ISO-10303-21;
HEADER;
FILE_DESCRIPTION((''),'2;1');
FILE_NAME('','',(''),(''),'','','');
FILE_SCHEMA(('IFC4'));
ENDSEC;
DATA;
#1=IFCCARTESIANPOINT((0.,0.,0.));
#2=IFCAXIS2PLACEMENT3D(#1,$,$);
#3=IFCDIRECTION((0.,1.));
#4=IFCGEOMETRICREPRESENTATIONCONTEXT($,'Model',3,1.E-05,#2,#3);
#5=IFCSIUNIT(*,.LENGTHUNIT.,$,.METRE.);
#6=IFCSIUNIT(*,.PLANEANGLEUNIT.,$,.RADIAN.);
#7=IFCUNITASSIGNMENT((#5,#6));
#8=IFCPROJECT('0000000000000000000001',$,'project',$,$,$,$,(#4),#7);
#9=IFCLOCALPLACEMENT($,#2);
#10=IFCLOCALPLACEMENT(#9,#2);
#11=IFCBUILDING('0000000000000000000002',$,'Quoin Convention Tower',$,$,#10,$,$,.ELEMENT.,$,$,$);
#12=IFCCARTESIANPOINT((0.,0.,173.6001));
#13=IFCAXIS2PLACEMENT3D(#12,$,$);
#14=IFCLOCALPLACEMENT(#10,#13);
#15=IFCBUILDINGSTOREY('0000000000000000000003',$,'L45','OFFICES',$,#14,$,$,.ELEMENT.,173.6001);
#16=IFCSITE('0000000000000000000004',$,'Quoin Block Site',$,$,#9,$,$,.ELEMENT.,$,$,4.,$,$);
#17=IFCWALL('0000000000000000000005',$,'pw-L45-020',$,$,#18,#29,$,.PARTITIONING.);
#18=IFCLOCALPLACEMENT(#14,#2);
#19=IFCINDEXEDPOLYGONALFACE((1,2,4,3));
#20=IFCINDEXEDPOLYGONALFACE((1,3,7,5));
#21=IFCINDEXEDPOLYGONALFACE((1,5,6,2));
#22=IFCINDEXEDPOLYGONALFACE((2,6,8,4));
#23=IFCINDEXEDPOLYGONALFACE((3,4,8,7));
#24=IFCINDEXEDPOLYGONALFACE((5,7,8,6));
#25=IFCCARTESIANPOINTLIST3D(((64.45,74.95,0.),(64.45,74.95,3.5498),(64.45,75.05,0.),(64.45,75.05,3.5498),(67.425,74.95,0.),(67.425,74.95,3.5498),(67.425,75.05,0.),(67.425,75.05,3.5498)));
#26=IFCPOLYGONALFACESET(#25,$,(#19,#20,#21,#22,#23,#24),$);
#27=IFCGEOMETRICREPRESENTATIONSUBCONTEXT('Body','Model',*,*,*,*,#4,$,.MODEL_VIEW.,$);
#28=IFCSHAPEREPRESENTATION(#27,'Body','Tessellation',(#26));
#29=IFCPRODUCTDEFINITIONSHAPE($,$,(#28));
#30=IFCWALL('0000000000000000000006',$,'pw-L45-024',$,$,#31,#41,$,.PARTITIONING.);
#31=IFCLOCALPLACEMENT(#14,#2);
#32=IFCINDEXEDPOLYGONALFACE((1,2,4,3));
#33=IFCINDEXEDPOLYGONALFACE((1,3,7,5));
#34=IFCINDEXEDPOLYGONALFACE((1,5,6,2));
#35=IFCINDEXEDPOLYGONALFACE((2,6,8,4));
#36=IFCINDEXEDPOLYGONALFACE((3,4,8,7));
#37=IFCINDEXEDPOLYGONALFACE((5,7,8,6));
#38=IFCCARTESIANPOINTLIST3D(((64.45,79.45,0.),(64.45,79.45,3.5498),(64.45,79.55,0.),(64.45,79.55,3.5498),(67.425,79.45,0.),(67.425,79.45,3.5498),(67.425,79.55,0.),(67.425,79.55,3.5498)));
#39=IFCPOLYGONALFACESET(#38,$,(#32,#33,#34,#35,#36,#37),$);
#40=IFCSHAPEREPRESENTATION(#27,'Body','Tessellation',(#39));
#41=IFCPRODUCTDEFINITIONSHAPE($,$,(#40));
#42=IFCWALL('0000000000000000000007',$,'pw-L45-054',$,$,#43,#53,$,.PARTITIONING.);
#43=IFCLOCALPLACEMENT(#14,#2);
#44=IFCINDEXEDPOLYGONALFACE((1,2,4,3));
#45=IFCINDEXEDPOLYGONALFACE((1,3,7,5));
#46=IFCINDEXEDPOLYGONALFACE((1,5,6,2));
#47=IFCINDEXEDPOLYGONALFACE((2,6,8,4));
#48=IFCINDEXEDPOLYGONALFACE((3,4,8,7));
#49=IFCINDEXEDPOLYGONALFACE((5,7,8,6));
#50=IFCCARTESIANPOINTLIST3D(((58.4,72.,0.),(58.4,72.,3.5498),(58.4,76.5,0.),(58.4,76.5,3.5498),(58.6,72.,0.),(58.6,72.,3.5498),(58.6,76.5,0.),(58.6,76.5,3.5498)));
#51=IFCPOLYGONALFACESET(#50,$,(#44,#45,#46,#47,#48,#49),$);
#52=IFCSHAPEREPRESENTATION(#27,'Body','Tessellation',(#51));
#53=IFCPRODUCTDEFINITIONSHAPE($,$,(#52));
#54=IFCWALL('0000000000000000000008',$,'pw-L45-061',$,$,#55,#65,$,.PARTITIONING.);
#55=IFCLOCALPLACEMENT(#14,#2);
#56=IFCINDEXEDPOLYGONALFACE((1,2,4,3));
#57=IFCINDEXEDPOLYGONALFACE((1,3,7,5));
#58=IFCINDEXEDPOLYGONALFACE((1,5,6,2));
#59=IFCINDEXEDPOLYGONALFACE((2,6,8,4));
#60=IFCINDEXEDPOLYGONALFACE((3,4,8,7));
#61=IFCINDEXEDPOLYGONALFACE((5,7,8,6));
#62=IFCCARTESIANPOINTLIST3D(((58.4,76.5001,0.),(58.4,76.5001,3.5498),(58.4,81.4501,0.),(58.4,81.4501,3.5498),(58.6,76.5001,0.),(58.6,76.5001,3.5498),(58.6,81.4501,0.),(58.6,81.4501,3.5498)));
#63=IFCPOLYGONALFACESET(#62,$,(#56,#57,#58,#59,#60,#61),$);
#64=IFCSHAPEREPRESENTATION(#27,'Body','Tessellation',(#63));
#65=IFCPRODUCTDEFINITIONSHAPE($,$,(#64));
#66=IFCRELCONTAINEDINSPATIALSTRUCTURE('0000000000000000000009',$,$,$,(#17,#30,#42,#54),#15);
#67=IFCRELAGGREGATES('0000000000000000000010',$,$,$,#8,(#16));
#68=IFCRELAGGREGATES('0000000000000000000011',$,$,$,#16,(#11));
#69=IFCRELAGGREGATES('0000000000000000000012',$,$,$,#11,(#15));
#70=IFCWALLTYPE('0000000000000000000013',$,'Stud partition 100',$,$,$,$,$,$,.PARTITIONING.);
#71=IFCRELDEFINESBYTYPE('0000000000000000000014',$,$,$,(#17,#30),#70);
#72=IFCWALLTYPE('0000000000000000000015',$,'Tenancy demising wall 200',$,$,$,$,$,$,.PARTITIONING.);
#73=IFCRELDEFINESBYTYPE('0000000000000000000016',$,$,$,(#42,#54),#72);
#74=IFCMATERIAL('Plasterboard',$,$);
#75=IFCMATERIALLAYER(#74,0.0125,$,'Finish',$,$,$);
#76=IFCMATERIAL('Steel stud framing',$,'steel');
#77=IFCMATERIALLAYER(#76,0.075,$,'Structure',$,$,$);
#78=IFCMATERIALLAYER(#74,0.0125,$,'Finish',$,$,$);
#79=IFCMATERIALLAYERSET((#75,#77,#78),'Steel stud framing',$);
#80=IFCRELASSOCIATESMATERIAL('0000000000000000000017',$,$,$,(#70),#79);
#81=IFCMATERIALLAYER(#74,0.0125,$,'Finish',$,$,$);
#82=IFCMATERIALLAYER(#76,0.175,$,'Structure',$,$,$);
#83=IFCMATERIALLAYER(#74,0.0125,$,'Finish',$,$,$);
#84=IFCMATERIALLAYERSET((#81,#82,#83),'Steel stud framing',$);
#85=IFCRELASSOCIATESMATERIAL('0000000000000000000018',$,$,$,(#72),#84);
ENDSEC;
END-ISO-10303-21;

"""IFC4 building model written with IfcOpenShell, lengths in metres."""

from ifc_helpers import new_model, si_unit, direction, frame, frame_2d, origin, place, context, subcontext, project, spatial, rectangle, extrude, material, layer, layer_set, type_object, element, save


model = new_model("IFC4")

# Units and contexts
model_context = context("Model", 3, precision=1e-05, world=origin(), true_north=direction((0.0, 1.0)))
body_context = subcontext(model_context, "Body", "Model", "MODEL_VIEW")
ifc_project = project(units=[si_unit("LENGTHUNIT", "METRE"), si_unit("PLANEANGLEUNIT", "RADIAN")], contexts=[model_context])

# Site, building, storey
site_placement = place(None, origin())
site = spatial("IfcSite", under=ifc_project, at=site_placement, Name="Quoin Block Site", CompositionType="ELEMENT", RefElevation=4.0)
building_placement = place(site_placement, origin())
building = spatial("IfcBuilding", under=site, at=building_placement, Name="Quoin Convention Tower", CompositionType="ELEMENT")
storey_placement = place(building_placement, frame((0.0, 0.0, 173.6001)))
storey = spatial("IfcBuildingStorey", under=building, at=storey_placement, Name="L45", Description="OFFICES", CompositionType="ELEMENT", Elevation=173.6001)

# Shared definitions
ifc_material_1 = material(Name="Plasterboard")
ifc_material_2 = material(Name="Steel stud framing", Category="steel")

# Walls
ifc_layer_1 = layer(ifc_material_1, 0.0125, Name="Finish")
ifc_layer_2 = layer(ifc_material_2, 0.075, Name="Structure")
ifc_layer_3 = layer(ifc_material_1, 0.0125, Name="Finish")
ifc_layer_set_1 = layer_set([ifc_layer_1, ifc_layer_2, ifc_layer_3], Name="Steel stud framing")
wall_type_1 = type_object("IfcWallType", Name="Stud partition 100", PredefinedType="PARTITIONING", material=ifc_layer_set_1)
for number, where, z_axis, x_axis, name in (
    (1, (64.45, 75.0, 0.0), (0.0, 0.0, 1.0), (1.0, 0.0, 0.0), "pw-L45-020"),
    (2, (64.45, 79.5, 0.0), (0.0, 0.0, 1.0), (1.0, 0.0, 0.0), "pw-L45-024"),
):
    element("IfcWall", number, at=place(storey_placement, frame(where, z_axis=z_axis, x_axis=x_axis)), inside=storey, type_object=wall_type_1, Name=name, PredefinedType="PARTITIONING", context=body_context, shape_type="SweptSolid", body=[
        extrude(rectangle(XDim=2.9751, YDim=0.1001, at=frame_2d((1.4875, 0.0))), origin(), (0.0, 0.0, 1.0), 3.5498),
    ])
ifc_layer_4 = layer(ifc_material_1, 0.0125, Name="Finish")
ifc_layer_5 = layer(ifc_material_2, 0.175, Name="Structure")
ifc_layer_6 = layer(ifc_material_1, 0.0125, Name="Finish")
ifc_layer_set_2 = layer_set([ifc_layer_4, ifc_layer_5, ifc_layer_6], Name="Steel stud framing")
wall_type_2 = type_object("IfcWallType", Name="Tenancy demising wall 200", PredefinedType="PARTITIONING", material=ifc_layer_set_2)
wall_1_placement = place(storey_placement, frame((58.5, 72.0, 0.0), z_axis=(0.0, 0.0, 1.0), x_axis=(0.0, 1.0, 0.0)))
element("IfcWall", 3, at=wall_1_placement, inside=storey, type_object=wall_type_2, Name="pw-L45-054", PredefinedType="PARTITIONING", context=body_context, shape_type="SweptSolid", body=[
    extrude(rectangle(XDim=4.5, YDim=0.2, at=frame_2d((2.25, 0.0))), origin(), (0.0, 0.0, 1.0), 3.5498),
])
wall_2_placement = place(storey_placement, frame((58.5, 76.5, 0.0), z_axis=(0.0, 0.0, 1.0), x_axis=(0.0, 1.0, 0.0)))
element("IfcWall", 4, at=wall_2_placement, inside=storey, type_object=wall_type_2, Name="pw-L45-061", PredefinedType="PARTITIONING", context=body_context, shape_type="SweptSolid", body=[
    extrude(rectangle(XDim=4.95, YDim=0.2, at=frame_2d((2.4751, 0.0))), origin(), (0.0, 0.0, 1.0), 3.5498),
])

save(model, "model.ifc")
